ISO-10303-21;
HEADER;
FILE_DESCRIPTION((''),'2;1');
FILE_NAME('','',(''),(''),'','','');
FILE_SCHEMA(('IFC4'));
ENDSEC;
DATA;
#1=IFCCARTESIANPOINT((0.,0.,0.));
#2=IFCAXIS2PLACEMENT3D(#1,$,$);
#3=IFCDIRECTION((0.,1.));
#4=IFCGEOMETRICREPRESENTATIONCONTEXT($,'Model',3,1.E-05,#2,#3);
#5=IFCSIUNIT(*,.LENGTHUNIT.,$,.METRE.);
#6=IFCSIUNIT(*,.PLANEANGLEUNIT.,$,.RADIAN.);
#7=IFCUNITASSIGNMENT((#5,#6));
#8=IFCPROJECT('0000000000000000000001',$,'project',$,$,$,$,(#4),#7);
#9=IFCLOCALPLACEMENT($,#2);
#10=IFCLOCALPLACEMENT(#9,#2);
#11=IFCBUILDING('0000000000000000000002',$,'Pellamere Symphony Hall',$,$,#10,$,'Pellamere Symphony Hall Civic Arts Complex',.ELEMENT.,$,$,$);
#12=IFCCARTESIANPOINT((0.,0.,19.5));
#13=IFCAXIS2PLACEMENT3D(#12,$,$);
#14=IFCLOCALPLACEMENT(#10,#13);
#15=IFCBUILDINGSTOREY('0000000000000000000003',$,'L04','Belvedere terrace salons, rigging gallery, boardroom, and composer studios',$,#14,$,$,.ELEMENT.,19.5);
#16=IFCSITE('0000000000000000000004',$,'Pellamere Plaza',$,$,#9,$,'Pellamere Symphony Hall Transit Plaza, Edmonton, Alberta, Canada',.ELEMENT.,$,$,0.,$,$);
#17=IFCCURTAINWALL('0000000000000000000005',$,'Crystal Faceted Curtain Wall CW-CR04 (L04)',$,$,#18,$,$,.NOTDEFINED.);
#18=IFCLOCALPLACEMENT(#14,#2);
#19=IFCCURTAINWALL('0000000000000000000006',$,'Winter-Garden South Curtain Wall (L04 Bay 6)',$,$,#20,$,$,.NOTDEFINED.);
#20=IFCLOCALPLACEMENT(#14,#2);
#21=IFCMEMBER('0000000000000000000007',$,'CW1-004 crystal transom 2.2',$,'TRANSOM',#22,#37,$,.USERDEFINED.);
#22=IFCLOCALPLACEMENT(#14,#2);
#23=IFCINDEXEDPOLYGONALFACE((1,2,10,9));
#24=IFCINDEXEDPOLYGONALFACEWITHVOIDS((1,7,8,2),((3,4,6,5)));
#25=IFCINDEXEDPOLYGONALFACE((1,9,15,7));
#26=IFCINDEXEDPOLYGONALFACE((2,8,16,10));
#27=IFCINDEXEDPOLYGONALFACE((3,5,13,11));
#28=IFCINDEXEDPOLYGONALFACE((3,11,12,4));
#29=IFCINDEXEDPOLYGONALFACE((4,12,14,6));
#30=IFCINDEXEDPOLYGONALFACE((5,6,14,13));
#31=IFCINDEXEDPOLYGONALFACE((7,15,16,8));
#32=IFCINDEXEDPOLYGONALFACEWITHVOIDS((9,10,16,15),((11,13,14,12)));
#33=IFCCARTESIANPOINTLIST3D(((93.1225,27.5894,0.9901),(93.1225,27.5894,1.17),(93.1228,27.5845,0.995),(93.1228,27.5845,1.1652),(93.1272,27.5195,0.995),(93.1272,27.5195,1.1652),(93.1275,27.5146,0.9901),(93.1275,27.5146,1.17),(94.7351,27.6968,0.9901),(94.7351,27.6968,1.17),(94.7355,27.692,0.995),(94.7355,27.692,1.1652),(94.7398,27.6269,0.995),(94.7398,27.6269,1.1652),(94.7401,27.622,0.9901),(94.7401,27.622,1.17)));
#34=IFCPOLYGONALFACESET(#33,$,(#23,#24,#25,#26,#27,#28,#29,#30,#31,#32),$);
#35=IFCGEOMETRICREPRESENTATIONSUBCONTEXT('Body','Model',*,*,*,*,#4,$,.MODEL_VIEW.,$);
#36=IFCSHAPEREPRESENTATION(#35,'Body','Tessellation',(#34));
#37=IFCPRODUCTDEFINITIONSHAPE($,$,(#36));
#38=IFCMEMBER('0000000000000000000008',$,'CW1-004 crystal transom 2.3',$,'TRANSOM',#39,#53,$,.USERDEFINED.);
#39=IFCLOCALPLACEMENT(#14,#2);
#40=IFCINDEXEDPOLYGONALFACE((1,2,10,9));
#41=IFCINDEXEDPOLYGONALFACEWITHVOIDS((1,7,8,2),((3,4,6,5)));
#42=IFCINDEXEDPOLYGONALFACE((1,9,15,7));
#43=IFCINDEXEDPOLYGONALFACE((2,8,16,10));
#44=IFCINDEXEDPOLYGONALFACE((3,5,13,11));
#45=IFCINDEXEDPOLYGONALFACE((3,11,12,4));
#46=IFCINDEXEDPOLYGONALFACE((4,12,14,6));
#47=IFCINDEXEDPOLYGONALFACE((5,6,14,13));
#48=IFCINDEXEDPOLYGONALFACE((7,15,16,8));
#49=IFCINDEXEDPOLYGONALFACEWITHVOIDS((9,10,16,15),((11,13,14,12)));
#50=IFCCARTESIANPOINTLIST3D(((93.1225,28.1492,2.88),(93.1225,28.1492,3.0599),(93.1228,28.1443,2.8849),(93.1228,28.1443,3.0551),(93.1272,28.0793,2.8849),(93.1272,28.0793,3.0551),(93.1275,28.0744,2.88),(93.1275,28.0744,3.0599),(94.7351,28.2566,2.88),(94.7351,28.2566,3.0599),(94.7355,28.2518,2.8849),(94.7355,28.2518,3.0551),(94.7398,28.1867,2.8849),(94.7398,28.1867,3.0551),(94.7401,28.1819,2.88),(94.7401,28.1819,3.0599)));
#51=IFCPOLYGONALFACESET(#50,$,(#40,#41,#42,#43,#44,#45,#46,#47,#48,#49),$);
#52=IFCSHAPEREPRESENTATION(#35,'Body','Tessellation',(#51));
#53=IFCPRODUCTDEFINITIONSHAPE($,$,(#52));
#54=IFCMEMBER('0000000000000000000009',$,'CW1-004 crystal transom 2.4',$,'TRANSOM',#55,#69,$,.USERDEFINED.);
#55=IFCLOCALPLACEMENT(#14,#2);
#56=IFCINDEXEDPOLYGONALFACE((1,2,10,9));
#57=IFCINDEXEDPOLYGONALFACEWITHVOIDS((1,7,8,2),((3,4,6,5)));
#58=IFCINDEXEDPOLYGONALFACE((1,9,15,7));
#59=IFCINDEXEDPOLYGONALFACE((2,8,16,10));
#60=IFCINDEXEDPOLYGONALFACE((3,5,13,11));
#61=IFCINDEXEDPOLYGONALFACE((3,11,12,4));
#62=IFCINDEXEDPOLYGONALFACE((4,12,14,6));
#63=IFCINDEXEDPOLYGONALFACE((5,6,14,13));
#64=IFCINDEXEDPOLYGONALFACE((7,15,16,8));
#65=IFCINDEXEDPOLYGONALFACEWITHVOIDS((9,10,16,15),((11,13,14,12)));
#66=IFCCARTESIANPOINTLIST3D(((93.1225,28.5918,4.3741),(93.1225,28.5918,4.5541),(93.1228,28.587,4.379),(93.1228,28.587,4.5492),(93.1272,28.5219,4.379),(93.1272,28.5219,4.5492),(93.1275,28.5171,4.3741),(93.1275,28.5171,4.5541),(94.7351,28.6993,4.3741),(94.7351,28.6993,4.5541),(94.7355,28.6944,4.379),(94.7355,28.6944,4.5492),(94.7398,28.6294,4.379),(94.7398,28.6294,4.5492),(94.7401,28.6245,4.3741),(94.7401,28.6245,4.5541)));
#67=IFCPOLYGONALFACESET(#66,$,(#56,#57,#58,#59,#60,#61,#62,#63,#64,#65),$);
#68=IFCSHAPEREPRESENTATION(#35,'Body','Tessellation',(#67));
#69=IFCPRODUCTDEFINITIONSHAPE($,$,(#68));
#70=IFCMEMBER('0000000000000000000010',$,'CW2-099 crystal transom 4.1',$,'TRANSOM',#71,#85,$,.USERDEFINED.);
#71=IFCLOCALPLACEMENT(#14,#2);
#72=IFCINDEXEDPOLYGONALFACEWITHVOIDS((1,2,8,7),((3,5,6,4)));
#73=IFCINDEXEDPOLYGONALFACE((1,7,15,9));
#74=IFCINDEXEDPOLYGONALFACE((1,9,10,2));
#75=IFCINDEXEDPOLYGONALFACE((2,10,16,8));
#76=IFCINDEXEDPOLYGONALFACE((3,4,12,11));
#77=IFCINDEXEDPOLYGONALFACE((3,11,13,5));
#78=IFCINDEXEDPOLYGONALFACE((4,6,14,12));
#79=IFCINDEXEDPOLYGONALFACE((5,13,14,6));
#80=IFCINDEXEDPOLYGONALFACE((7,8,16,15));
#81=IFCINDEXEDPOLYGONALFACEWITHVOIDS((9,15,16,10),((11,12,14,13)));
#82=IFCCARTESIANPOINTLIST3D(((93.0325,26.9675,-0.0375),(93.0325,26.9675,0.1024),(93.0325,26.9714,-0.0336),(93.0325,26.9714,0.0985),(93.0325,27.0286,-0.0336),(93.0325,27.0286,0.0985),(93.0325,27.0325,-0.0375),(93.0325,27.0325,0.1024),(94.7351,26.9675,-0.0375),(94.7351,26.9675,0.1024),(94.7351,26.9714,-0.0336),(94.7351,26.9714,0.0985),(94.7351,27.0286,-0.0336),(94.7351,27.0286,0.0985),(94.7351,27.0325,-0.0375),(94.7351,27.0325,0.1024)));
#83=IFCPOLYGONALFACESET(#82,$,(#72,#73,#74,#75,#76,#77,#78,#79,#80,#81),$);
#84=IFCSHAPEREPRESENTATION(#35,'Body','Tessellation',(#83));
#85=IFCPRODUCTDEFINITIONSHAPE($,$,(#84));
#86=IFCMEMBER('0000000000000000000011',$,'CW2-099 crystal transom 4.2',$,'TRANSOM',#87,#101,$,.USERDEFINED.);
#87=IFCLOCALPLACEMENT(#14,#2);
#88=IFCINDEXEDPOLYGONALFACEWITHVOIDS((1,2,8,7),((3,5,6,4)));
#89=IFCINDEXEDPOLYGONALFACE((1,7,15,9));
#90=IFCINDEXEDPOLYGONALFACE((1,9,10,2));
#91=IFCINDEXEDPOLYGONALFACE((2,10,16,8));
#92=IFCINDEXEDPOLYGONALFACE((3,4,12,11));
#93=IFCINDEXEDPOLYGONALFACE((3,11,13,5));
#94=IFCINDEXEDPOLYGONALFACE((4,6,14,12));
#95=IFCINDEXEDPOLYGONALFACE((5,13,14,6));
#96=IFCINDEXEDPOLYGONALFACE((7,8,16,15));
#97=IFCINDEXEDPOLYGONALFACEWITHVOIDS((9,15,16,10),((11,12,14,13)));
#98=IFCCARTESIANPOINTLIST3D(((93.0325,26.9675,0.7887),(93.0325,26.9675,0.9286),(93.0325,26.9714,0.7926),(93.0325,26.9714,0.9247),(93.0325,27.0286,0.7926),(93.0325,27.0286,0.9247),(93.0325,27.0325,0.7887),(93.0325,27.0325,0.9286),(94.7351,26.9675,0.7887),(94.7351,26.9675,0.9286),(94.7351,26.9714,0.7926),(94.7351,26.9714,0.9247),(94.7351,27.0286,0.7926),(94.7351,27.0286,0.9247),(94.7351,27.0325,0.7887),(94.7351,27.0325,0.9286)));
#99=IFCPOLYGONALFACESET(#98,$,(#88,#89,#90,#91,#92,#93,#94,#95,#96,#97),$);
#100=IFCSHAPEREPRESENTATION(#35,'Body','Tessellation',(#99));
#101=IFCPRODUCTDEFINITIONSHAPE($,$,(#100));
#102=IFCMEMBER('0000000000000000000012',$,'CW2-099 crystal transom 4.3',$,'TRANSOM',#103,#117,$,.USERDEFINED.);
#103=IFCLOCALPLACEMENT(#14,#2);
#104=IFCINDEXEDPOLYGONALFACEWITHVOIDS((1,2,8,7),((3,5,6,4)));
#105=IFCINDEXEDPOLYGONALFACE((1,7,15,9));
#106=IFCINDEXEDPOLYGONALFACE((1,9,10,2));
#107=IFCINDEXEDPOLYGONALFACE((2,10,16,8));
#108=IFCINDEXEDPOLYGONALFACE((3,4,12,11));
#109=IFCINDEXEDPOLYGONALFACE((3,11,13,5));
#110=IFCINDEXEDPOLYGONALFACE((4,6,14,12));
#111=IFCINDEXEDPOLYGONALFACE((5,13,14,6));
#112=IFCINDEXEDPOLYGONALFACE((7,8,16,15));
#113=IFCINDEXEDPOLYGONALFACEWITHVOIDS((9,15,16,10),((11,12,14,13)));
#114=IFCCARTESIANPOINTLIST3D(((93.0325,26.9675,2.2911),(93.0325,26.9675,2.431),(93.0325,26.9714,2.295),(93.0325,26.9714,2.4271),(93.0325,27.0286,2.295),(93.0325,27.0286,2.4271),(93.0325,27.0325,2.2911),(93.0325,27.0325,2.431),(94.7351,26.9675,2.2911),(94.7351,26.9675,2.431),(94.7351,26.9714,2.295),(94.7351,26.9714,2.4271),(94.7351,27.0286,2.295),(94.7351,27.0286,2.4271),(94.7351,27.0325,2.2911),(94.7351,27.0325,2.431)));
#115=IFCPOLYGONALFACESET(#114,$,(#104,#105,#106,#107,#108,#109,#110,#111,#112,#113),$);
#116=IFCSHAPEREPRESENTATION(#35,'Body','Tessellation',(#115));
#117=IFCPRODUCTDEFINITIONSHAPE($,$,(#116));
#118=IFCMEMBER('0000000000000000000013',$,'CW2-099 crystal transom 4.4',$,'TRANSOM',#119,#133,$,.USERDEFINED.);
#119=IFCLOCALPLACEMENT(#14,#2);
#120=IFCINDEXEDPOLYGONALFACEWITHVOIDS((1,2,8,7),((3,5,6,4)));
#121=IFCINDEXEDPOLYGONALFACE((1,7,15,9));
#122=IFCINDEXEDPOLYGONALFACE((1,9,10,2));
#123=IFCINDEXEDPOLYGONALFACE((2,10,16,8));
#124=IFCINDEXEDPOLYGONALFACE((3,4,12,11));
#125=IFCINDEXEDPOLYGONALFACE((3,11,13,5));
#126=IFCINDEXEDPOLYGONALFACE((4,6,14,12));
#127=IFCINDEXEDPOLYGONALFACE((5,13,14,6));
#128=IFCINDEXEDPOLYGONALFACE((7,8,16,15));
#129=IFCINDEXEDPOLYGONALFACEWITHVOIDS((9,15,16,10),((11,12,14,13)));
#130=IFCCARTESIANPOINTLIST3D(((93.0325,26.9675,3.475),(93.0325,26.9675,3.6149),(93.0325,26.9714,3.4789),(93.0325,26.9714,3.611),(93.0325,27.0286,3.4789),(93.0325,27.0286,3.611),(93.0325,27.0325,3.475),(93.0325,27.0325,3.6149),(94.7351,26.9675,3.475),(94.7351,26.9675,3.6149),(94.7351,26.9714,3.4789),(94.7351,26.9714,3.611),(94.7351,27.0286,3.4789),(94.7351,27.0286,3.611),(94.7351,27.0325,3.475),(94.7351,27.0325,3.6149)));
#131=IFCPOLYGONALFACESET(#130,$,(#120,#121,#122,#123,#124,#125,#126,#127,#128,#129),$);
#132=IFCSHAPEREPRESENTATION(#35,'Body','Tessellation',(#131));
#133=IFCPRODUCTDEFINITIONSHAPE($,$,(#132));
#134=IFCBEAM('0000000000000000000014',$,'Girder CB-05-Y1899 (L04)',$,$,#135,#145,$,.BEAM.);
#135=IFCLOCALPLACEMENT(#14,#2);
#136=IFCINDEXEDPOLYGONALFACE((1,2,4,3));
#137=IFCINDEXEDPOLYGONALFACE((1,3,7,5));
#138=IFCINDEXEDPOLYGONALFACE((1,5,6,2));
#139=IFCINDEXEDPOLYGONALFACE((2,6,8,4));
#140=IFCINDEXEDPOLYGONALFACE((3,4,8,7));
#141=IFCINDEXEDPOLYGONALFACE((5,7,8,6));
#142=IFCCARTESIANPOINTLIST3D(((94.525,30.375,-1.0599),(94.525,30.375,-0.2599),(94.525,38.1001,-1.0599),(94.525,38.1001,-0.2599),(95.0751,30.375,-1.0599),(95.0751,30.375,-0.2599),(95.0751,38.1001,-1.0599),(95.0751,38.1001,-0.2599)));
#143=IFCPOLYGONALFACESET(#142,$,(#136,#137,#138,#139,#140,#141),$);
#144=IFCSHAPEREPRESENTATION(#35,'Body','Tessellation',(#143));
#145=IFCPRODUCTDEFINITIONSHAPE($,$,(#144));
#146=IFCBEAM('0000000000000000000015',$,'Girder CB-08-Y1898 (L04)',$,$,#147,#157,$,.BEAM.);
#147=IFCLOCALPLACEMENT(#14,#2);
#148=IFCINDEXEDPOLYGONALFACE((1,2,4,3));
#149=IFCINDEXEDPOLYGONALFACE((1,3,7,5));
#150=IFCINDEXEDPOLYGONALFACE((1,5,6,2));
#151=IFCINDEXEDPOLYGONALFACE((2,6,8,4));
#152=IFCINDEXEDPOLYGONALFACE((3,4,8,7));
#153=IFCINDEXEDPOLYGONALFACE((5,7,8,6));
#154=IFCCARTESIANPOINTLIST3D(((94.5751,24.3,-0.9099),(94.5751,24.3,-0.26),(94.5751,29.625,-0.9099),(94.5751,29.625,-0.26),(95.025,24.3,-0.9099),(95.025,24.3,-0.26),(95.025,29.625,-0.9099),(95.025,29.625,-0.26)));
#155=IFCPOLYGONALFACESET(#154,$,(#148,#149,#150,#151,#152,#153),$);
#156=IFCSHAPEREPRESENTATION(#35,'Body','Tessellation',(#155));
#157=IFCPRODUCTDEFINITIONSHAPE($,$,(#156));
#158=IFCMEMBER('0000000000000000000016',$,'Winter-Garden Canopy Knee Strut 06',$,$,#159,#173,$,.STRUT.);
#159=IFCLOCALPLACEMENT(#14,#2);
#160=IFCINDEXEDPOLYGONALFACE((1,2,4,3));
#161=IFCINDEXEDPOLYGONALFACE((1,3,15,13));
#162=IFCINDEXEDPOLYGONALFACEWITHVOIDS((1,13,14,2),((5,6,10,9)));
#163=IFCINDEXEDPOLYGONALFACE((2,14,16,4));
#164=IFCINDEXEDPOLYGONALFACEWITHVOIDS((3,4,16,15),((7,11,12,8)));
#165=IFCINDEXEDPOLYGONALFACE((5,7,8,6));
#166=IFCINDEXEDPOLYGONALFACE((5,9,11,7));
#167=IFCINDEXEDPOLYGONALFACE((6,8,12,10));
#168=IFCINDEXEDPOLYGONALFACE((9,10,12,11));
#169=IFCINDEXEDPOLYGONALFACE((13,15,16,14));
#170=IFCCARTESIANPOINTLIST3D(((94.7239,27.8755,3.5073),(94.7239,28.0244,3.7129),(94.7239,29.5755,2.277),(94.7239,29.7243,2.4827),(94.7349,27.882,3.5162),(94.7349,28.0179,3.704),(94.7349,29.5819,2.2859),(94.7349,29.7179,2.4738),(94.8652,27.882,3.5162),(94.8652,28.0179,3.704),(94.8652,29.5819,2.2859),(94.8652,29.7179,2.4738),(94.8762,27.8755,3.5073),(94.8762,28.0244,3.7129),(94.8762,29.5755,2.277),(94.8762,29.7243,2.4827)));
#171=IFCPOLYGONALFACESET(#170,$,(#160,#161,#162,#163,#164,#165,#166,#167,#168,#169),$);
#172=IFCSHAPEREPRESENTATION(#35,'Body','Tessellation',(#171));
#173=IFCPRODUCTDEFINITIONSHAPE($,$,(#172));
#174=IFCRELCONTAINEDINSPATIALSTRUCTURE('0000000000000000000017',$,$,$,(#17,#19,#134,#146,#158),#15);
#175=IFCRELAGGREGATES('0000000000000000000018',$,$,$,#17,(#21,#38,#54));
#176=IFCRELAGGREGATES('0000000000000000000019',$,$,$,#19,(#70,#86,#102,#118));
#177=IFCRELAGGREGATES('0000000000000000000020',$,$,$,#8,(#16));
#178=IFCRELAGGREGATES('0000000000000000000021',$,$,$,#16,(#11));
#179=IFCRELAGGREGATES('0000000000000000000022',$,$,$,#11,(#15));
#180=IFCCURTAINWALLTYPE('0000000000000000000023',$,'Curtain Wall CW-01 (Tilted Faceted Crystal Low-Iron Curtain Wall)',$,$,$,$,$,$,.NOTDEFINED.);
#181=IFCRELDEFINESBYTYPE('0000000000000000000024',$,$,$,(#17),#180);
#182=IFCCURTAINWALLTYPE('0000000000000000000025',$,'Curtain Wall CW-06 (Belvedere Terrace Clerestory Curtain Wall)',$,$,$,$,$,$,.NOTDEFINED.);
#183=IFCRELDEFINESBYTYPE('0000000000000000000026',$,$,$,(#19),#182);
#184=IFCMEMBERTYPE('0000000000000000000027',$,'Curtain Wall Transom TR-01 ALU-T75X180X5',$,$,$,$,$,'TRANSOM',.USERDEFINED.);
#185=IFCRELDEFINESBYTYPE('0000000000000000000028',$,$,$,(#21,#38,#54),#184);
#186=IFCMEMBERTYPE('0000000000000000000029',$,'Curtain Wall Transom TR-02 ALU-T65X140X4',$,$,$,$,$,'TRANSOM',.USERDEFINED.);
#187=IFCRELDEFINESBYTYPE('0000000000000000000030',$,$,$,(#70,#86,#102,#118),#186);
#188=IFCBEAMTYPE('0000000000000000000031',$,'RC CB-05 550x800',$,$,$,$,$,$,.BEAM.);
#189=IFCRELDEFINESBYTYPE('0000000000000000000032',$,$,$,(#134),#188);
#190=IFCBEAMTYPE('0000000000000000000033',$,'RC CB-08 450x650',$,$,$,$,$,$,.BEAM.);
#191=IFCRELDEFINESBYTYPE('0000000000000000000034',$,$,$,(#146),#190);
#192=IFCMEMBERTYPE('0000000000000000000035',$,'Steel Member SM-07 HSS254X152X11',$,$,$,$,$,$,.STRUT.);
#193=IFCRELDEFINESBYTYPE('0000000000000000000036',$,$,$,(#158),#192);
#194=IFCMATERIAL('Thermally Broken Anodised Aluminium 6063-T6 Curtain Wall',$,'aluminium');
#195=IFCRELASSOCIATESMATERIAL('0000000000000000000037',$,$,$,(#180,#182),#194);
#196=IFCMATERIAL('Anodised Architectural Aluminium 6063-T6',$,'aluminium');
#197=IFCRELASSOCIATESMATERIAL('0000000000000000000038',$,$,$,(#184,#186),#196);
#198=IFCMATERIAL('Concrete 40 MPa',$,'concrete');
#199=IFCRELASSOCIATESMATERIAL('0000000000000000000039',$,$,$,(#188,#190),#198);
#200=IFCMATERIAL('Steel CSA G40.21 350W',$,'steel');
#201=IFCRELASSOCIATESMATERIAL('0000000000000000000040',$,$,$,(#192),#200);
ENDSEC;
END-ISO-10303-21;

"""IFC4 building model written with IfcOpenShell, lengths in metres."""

from ifc_helpers import new_model, si_unit, direction, frame, origin, origin_2d, place, context, subcontext, project, spatial, rectangle, hollow_rectangle, extrude, material, material_profile, profile_set, type_object, element, aggregate, save


model = new_model("IFC4")

# Units and contexts
model_context = context("Model", 3, precision=1e-05, world=origin(), true_north=direction((0.0, 1.0)))
body_context = subcontext(model_context, "Body", "Model", "MODEL_VIEW")
ifc_project = project(units=[si_unit("LENGTHUNIT", "METRE"), si_unit("PLANEANGLEUNIT", "RADIAN")], contexts=[model_context])

# Site, building, storey
site_placement = place(None, origin())
site = spatial("IfcSite", under=ifc_project, at=site_placement, Name="Pellamere Plaza", LongName="Pellamere Symphony Hall Transit Plaza, Edmonton, Alberta, Canada", CompositionType="ELEMENT", RefElevation=0.0)
building_placement = place(site_placement, origin())
building = spatial("IfcBuilding", under=site, at=building_placement, Name="Pellamere Symphony Hall", LongName="Pellamere Symphony Hall Civic Arts Complex", CompositionType="ELEMENT")
storey_placement = place(building_placement, frame((0.0, 0.0, 19.5)))
storey = spatial("IfcBuildingStorey", under=building, at=storey_placement, Name="L04", Description="Belvedere terrace salons, rigging gallery, boardroom, and composer studios", CompositionType="ELEMENT", Elevation=19.5)

# Shared definitions
ifc_material_1 = material(Name="Concrete 40 MPa", Category="concrete")

# Curtain walls
ifc_material_2 = material(Name="Thermally Broken Anodised Aluminium 6063-T6 Curtain Wall", Category="aluminium")
curtain_wall_type_1 = type_object("IfcCurtainWallType", Name="Curtain Wall CW-01 (Tilted Faceted Crystal Low-Iron Curtain Wall)", PredefinedType="NOTDEFINED", material=ifc_material_2)
curtain_wall_1_placement = place(storey_placement, origin())
curtain_wall_1 = element("IfcCurtainWall", 1, at=curtain_wall_1_placement, inside=storey, type_object=curtain_wall_type_1, Name="Crystal Faceted Curtain Wall CW-CR04 (L04)", PredefinedType="NOTDEFINED")
ifc_material_3 = material(Name="Anodised Architectural Aluminium 6063-T6", Category="aluminium")
curtain_wall_type_2 = type_object("IfcCurtainWallType", Name="Curtain Wall CW-06 (Belvedere Terrace Clerestory Curtain Wall)", PredefinedType="NOTDEFINED", material=ifc_material_2)
curtain_wall_2_placement = place(storey_placement, origin())
curtain_wall_2 = element("IfcCurtainWall", 2, at=curtain_wall_2_placement, inside=storey, type_object=curtain_wall_type_2, Name="Winter-Garden South Curtain Wall (L04 Bay 6)", PredefinedType="NOTDEFINED")

# Members
ifc_material_profile_1 = material_profile(ifc_material_3, hollow_rectangle(XDim=0.075, YDim=0.1799, WallThickness=0.0049, at=origin_2d()), Name="ALU-T75X180X5")
ifc_profile_set_1 = profile_set([ifc_material_profile_1], Name="Anodised Architectural Aluminium 6063-T6")
member_type_1 = type_object("IfcMemberType", Name="Curtain Wall Transom TR-01 ALU-T75X180X5", ElementType="TRANSOM", PredefinedType="USERDEFINED", material=ifc_profile_set_1)
member_1_placement = place(storey_placement, frame((93.125, 27.552, 1.0801), z_axis=(0.997788, 0.066469, 0.0), x_axis=(-0.066469, 0.997788, 0.0)))
member_1 = element("IfcMember", 3, at=member_1_placement, type_object=member_type_1, Name="CW1-004 crystal transom 2.2", ObjectType="TRANSOM", PredefinedType="USERDEFINED", context=body_context, shape_type="SweptSolid", body=[
    extrude(hollow_rectangle(XDim=0.075, YDim=0.1799, WallThickness=0.0049, at=origin_2d()), origin(), (0.0, 0.0, 1.0), 1.6162),
])
member_2_placement = place(storey_placement, frame((93.125, 28.1118, 2.97), z_axis=(0.997788, 0.066469, 0.0), x_axis=(-0.066469, 0.997788, 0.0)))
member_2 = element("IfcMember", 4, at=member_2_placement, type_object=member_type_1, Name="CW1-004 crystal transom 2.3", ObjectType="TRANSOM", PredefinedType="USERDEFINED", context=body_context, shape_type="SweptSolid", body=[
    extrude(hollow_rectangle(XDim=0.075, YDim=0.1799, WallThickness=0.0049, at=origin_2d()), origin(), (0.0, 0.0, 1.0), 1.6162),
])
member_3_placement = place(storey_placement, frame((93.125, 28.5544, 4.4641), z_axis=(0.997788, 0.066469, 0.0), x_axis=(-0.066469, 0.997788, 0.0)))
member_3 = element("IfcMember", 5, at=member_3_placement, type_object=member_type_1, Name="CW1-004 crystal transom 2.4", ObjectType="TRANSOM", PredefinedType="USERDEFINED", context=body_context, shape_type="SweptSolid", body=[
    extrude(hollow_rectangle(XDim=0.075, YDim=0.1799, WallThickness=0.0049, at=origin_2d()), origin(), (0.0, 0.0, 1.0), 1.6162),
])
ifc_material_profile_2 = material_profile(ifc_material_3, hollow_rectangle(XDim=0.0649, YDim=0.1399, WallThickness=0.0039, at=origin_2d()), Name="ALU-T65X140X4")
ifc_profile_set_2 = profile_set([ifc_material_profile_2], Name="Anodised Architectural Aluminium 6063-T6")
member_type_2 = type_object("IfcMemberType", Name="Curtain Wall Transom TR-02 ALU-T65X140X4", ElementType="TRANSOM", PredefinedType="USERDEFINED", material=ifc_profile_set_2)
member_4_placement = place(storey_placement, frame((93.0325, 27.0, 0.0325), z_axis=(1.0, 0.0, 0.0), x_axis=(0.0, 1.0, 0.0)))
member_4 = element("IfcMember", 6, at=member_4_placement, type_object=member_type_2, Name="CW2-099 crystal transom 4.1", ObjectType="TRANSOM", PredefinedType="USERDEFINED", context=body_context, shape_type="SweptSolid", body=[
    extrude(hollow_rectangle(XDim=0.0649, YDim=0.1399, WallThickness=0.0039, at=origin_2d()), origin(), (0.0, 0.0, 1.0), 1.7026),
])
member_5_placement = place(storey_placement, frame((93.0325, 27.0, 0.8586), z_axis=(1.0, 0.0, 0.0), x_axis=(0.0, 1.0, 0.0)))
member_5 = element("IfcMember", 7, at=member_5_placement, type_object=member_type_2, Name="CW2-099 crystal transom 4.2", ObjectType="TRANSOM", PredefinedType="USERDEFINED", context=body_context, shape_type="SweptSolid", body=[
    extrude(hollow_rectangle(XDim=0.0649, YDim=0.1399, WallThickness=0.0039, at=origin_2d()), origin(), (0.0, 0.0, 1.0), 1.7026),
])
member_6_placement = place(storey_placement, frame((93.0325, 27.0, 2.3611), z_axis=(1.0, 0.0, 0.0), x_axis=(0.0, 1.0, 0.0)))
member_6 = element("IfcMember", 8, at=member_6_placement, type_object=member_type_2, Name="CW2-099 crystal transom 4.3", ObjectType="TRANSOM", PredefinedType="USERDEFINED", context=body_context, shape_type="SweptSolid", body=[
    extrude(hollow_rectangle(XDim=0.0649, YDim=0.1399, WallThickness=0.0039, at=origin_2d()), origin(), (0.0, 0.0, 1.0), 1.7026),
])
member_7_placement = place(storey_placement, frame((93.0325, 27.0, 3.5449), z_axis=(1.0, 0.0, 0.0), x_axis=(0.0, 1.0, 0.0)))
member_7 = element("IfcMember", 9, at=member_7_placement, type_object=member_type_2, Name="CW2-099 crystal transom 4.4", ObjectType="TRANSOM", PredefinedType="USERDEFINED", context=body_context, shape_type="SweptSolid", body=[
    extrude(hollow_rectangle(XDim=0.0649, YDim=0.1399, WallThickness=0.0039, at=origin_2d()), origin(), (0.0, 0.0, 1.0), 1.7026),
])

# Beams
ifc_material_profile_3 = material_profile(ifc_material_1, rectangle(XDim=0.55, YDim=0.8, at=origin_2d()), Name="RC 550x800")
ifc_profile_set_3 = profile_set([ifc_material_profile_3], Name="Concrete 40 MPa")
beam_type_1 = type_object("IfcBeamType", Name="RC CB-05 550x800", PredefinedType="BEAM", material=ifc_profile_set_3)
beam_1_placement = place(storey_placement, frame((94.8, 30.375, -0.6599), z_axis=(0.0, 1.0, 0.0), x_axis=(-1.0, 0.0, 0.0)))
element("IfcBeam", 10, at=beam_1_placement, inside=storey, type_object=beam_type_1, Name="Girder CB-05-Y1899 (L04)", PredefinedType="BEAM", context=body_context, shape_type="SweptSolid", body=[
    extrude(rectangle(XDim=0.55, YDim=0.8, at=origin_2d()), origin(), (0.0, 0.0, 1.0), 7.7251),
])
ifc_material_profile_4 = material_profile(ifc_material_1, rectangle(XDim=0.45, YDim=0.6499, at=origin_2d()), Name="RC 450x650")
ifc_profile_set_4 = profile_set([ifc_material_profile_4], Name="Concrete 40 MPa")
beam_type_2 = type_object("IfcBeamType", Name="RC CB-08 450x650", PredefinedType="BEAM", material=ifc_profile_set_4)
beam_2_placement = place(storey_placement, frame((94.8, 24.3, -0.585), z_axis=(0.0, 1.0, 0.0), x_axis=(-1.0, 0.0, 0.0)))
element("IfcBeam", 11, at=beam_2_placement, inside=storey, type_object=beam_type_2, Name="Girder CB-08-Y1898 (L04)", PredefinedType="BEAM", context=body_context, shape_type="SweptSolid", body=[
    extrude(rectangle(XDim=0.45, YDim=0.6499, at=origin_2d()), origin(), (0.0, 0.0, 1.0), 5.325),
])

# Member
ifc_material_4 = material(Name="Steel CSA G40.21 350W", Category="steel")
ifc_material_profile_5 = material_profile(ifc_material_4, hollow_rectangle(XDim=0.1523, YDim=0.2539, WallThickness=0.011, at=origin_2d()), Name="HSS254X152X11")
ifc_profile_set_5 = profile_set([ifc_material_profile_5], Name="Steel CSA G40.21 350W")
member_type_3 = type_object("IfcMemberType", Name="Steel Member SM-07 HSS254X152X11", PredefinedType="STRUT", material=ifc_profile_set_5)
member_8_placement = place(storey_placement, frame((94.8, 29.6499, 2.3799), z_axis=(0.0, -0.810117, 0.586268), x_axis=(1.0, 0.0, 0.0)))
element("IfcMember", 12, at=member_8_placement, inside=storey, type_object=member_type_3, Name="Winter-Garden Canopy Knee Strut 06", PredefinedType="STRUT", context=body_context, shape_type="SweptSolid", body=[
    extrude(hollow_rectangle(XDim=0.1523, YDim=0.2539, WallThickness=0.011, at=origin_2d()), origin(), (0.0, 0.0, 1.0), 2.0984),
])

aggregate(curtain_wall_1, [member_1, member_2, member_3])
aggregate(curtain_wall_2, [member_4, member_5, member_6, member_7])

save(model, "model.ifc")
